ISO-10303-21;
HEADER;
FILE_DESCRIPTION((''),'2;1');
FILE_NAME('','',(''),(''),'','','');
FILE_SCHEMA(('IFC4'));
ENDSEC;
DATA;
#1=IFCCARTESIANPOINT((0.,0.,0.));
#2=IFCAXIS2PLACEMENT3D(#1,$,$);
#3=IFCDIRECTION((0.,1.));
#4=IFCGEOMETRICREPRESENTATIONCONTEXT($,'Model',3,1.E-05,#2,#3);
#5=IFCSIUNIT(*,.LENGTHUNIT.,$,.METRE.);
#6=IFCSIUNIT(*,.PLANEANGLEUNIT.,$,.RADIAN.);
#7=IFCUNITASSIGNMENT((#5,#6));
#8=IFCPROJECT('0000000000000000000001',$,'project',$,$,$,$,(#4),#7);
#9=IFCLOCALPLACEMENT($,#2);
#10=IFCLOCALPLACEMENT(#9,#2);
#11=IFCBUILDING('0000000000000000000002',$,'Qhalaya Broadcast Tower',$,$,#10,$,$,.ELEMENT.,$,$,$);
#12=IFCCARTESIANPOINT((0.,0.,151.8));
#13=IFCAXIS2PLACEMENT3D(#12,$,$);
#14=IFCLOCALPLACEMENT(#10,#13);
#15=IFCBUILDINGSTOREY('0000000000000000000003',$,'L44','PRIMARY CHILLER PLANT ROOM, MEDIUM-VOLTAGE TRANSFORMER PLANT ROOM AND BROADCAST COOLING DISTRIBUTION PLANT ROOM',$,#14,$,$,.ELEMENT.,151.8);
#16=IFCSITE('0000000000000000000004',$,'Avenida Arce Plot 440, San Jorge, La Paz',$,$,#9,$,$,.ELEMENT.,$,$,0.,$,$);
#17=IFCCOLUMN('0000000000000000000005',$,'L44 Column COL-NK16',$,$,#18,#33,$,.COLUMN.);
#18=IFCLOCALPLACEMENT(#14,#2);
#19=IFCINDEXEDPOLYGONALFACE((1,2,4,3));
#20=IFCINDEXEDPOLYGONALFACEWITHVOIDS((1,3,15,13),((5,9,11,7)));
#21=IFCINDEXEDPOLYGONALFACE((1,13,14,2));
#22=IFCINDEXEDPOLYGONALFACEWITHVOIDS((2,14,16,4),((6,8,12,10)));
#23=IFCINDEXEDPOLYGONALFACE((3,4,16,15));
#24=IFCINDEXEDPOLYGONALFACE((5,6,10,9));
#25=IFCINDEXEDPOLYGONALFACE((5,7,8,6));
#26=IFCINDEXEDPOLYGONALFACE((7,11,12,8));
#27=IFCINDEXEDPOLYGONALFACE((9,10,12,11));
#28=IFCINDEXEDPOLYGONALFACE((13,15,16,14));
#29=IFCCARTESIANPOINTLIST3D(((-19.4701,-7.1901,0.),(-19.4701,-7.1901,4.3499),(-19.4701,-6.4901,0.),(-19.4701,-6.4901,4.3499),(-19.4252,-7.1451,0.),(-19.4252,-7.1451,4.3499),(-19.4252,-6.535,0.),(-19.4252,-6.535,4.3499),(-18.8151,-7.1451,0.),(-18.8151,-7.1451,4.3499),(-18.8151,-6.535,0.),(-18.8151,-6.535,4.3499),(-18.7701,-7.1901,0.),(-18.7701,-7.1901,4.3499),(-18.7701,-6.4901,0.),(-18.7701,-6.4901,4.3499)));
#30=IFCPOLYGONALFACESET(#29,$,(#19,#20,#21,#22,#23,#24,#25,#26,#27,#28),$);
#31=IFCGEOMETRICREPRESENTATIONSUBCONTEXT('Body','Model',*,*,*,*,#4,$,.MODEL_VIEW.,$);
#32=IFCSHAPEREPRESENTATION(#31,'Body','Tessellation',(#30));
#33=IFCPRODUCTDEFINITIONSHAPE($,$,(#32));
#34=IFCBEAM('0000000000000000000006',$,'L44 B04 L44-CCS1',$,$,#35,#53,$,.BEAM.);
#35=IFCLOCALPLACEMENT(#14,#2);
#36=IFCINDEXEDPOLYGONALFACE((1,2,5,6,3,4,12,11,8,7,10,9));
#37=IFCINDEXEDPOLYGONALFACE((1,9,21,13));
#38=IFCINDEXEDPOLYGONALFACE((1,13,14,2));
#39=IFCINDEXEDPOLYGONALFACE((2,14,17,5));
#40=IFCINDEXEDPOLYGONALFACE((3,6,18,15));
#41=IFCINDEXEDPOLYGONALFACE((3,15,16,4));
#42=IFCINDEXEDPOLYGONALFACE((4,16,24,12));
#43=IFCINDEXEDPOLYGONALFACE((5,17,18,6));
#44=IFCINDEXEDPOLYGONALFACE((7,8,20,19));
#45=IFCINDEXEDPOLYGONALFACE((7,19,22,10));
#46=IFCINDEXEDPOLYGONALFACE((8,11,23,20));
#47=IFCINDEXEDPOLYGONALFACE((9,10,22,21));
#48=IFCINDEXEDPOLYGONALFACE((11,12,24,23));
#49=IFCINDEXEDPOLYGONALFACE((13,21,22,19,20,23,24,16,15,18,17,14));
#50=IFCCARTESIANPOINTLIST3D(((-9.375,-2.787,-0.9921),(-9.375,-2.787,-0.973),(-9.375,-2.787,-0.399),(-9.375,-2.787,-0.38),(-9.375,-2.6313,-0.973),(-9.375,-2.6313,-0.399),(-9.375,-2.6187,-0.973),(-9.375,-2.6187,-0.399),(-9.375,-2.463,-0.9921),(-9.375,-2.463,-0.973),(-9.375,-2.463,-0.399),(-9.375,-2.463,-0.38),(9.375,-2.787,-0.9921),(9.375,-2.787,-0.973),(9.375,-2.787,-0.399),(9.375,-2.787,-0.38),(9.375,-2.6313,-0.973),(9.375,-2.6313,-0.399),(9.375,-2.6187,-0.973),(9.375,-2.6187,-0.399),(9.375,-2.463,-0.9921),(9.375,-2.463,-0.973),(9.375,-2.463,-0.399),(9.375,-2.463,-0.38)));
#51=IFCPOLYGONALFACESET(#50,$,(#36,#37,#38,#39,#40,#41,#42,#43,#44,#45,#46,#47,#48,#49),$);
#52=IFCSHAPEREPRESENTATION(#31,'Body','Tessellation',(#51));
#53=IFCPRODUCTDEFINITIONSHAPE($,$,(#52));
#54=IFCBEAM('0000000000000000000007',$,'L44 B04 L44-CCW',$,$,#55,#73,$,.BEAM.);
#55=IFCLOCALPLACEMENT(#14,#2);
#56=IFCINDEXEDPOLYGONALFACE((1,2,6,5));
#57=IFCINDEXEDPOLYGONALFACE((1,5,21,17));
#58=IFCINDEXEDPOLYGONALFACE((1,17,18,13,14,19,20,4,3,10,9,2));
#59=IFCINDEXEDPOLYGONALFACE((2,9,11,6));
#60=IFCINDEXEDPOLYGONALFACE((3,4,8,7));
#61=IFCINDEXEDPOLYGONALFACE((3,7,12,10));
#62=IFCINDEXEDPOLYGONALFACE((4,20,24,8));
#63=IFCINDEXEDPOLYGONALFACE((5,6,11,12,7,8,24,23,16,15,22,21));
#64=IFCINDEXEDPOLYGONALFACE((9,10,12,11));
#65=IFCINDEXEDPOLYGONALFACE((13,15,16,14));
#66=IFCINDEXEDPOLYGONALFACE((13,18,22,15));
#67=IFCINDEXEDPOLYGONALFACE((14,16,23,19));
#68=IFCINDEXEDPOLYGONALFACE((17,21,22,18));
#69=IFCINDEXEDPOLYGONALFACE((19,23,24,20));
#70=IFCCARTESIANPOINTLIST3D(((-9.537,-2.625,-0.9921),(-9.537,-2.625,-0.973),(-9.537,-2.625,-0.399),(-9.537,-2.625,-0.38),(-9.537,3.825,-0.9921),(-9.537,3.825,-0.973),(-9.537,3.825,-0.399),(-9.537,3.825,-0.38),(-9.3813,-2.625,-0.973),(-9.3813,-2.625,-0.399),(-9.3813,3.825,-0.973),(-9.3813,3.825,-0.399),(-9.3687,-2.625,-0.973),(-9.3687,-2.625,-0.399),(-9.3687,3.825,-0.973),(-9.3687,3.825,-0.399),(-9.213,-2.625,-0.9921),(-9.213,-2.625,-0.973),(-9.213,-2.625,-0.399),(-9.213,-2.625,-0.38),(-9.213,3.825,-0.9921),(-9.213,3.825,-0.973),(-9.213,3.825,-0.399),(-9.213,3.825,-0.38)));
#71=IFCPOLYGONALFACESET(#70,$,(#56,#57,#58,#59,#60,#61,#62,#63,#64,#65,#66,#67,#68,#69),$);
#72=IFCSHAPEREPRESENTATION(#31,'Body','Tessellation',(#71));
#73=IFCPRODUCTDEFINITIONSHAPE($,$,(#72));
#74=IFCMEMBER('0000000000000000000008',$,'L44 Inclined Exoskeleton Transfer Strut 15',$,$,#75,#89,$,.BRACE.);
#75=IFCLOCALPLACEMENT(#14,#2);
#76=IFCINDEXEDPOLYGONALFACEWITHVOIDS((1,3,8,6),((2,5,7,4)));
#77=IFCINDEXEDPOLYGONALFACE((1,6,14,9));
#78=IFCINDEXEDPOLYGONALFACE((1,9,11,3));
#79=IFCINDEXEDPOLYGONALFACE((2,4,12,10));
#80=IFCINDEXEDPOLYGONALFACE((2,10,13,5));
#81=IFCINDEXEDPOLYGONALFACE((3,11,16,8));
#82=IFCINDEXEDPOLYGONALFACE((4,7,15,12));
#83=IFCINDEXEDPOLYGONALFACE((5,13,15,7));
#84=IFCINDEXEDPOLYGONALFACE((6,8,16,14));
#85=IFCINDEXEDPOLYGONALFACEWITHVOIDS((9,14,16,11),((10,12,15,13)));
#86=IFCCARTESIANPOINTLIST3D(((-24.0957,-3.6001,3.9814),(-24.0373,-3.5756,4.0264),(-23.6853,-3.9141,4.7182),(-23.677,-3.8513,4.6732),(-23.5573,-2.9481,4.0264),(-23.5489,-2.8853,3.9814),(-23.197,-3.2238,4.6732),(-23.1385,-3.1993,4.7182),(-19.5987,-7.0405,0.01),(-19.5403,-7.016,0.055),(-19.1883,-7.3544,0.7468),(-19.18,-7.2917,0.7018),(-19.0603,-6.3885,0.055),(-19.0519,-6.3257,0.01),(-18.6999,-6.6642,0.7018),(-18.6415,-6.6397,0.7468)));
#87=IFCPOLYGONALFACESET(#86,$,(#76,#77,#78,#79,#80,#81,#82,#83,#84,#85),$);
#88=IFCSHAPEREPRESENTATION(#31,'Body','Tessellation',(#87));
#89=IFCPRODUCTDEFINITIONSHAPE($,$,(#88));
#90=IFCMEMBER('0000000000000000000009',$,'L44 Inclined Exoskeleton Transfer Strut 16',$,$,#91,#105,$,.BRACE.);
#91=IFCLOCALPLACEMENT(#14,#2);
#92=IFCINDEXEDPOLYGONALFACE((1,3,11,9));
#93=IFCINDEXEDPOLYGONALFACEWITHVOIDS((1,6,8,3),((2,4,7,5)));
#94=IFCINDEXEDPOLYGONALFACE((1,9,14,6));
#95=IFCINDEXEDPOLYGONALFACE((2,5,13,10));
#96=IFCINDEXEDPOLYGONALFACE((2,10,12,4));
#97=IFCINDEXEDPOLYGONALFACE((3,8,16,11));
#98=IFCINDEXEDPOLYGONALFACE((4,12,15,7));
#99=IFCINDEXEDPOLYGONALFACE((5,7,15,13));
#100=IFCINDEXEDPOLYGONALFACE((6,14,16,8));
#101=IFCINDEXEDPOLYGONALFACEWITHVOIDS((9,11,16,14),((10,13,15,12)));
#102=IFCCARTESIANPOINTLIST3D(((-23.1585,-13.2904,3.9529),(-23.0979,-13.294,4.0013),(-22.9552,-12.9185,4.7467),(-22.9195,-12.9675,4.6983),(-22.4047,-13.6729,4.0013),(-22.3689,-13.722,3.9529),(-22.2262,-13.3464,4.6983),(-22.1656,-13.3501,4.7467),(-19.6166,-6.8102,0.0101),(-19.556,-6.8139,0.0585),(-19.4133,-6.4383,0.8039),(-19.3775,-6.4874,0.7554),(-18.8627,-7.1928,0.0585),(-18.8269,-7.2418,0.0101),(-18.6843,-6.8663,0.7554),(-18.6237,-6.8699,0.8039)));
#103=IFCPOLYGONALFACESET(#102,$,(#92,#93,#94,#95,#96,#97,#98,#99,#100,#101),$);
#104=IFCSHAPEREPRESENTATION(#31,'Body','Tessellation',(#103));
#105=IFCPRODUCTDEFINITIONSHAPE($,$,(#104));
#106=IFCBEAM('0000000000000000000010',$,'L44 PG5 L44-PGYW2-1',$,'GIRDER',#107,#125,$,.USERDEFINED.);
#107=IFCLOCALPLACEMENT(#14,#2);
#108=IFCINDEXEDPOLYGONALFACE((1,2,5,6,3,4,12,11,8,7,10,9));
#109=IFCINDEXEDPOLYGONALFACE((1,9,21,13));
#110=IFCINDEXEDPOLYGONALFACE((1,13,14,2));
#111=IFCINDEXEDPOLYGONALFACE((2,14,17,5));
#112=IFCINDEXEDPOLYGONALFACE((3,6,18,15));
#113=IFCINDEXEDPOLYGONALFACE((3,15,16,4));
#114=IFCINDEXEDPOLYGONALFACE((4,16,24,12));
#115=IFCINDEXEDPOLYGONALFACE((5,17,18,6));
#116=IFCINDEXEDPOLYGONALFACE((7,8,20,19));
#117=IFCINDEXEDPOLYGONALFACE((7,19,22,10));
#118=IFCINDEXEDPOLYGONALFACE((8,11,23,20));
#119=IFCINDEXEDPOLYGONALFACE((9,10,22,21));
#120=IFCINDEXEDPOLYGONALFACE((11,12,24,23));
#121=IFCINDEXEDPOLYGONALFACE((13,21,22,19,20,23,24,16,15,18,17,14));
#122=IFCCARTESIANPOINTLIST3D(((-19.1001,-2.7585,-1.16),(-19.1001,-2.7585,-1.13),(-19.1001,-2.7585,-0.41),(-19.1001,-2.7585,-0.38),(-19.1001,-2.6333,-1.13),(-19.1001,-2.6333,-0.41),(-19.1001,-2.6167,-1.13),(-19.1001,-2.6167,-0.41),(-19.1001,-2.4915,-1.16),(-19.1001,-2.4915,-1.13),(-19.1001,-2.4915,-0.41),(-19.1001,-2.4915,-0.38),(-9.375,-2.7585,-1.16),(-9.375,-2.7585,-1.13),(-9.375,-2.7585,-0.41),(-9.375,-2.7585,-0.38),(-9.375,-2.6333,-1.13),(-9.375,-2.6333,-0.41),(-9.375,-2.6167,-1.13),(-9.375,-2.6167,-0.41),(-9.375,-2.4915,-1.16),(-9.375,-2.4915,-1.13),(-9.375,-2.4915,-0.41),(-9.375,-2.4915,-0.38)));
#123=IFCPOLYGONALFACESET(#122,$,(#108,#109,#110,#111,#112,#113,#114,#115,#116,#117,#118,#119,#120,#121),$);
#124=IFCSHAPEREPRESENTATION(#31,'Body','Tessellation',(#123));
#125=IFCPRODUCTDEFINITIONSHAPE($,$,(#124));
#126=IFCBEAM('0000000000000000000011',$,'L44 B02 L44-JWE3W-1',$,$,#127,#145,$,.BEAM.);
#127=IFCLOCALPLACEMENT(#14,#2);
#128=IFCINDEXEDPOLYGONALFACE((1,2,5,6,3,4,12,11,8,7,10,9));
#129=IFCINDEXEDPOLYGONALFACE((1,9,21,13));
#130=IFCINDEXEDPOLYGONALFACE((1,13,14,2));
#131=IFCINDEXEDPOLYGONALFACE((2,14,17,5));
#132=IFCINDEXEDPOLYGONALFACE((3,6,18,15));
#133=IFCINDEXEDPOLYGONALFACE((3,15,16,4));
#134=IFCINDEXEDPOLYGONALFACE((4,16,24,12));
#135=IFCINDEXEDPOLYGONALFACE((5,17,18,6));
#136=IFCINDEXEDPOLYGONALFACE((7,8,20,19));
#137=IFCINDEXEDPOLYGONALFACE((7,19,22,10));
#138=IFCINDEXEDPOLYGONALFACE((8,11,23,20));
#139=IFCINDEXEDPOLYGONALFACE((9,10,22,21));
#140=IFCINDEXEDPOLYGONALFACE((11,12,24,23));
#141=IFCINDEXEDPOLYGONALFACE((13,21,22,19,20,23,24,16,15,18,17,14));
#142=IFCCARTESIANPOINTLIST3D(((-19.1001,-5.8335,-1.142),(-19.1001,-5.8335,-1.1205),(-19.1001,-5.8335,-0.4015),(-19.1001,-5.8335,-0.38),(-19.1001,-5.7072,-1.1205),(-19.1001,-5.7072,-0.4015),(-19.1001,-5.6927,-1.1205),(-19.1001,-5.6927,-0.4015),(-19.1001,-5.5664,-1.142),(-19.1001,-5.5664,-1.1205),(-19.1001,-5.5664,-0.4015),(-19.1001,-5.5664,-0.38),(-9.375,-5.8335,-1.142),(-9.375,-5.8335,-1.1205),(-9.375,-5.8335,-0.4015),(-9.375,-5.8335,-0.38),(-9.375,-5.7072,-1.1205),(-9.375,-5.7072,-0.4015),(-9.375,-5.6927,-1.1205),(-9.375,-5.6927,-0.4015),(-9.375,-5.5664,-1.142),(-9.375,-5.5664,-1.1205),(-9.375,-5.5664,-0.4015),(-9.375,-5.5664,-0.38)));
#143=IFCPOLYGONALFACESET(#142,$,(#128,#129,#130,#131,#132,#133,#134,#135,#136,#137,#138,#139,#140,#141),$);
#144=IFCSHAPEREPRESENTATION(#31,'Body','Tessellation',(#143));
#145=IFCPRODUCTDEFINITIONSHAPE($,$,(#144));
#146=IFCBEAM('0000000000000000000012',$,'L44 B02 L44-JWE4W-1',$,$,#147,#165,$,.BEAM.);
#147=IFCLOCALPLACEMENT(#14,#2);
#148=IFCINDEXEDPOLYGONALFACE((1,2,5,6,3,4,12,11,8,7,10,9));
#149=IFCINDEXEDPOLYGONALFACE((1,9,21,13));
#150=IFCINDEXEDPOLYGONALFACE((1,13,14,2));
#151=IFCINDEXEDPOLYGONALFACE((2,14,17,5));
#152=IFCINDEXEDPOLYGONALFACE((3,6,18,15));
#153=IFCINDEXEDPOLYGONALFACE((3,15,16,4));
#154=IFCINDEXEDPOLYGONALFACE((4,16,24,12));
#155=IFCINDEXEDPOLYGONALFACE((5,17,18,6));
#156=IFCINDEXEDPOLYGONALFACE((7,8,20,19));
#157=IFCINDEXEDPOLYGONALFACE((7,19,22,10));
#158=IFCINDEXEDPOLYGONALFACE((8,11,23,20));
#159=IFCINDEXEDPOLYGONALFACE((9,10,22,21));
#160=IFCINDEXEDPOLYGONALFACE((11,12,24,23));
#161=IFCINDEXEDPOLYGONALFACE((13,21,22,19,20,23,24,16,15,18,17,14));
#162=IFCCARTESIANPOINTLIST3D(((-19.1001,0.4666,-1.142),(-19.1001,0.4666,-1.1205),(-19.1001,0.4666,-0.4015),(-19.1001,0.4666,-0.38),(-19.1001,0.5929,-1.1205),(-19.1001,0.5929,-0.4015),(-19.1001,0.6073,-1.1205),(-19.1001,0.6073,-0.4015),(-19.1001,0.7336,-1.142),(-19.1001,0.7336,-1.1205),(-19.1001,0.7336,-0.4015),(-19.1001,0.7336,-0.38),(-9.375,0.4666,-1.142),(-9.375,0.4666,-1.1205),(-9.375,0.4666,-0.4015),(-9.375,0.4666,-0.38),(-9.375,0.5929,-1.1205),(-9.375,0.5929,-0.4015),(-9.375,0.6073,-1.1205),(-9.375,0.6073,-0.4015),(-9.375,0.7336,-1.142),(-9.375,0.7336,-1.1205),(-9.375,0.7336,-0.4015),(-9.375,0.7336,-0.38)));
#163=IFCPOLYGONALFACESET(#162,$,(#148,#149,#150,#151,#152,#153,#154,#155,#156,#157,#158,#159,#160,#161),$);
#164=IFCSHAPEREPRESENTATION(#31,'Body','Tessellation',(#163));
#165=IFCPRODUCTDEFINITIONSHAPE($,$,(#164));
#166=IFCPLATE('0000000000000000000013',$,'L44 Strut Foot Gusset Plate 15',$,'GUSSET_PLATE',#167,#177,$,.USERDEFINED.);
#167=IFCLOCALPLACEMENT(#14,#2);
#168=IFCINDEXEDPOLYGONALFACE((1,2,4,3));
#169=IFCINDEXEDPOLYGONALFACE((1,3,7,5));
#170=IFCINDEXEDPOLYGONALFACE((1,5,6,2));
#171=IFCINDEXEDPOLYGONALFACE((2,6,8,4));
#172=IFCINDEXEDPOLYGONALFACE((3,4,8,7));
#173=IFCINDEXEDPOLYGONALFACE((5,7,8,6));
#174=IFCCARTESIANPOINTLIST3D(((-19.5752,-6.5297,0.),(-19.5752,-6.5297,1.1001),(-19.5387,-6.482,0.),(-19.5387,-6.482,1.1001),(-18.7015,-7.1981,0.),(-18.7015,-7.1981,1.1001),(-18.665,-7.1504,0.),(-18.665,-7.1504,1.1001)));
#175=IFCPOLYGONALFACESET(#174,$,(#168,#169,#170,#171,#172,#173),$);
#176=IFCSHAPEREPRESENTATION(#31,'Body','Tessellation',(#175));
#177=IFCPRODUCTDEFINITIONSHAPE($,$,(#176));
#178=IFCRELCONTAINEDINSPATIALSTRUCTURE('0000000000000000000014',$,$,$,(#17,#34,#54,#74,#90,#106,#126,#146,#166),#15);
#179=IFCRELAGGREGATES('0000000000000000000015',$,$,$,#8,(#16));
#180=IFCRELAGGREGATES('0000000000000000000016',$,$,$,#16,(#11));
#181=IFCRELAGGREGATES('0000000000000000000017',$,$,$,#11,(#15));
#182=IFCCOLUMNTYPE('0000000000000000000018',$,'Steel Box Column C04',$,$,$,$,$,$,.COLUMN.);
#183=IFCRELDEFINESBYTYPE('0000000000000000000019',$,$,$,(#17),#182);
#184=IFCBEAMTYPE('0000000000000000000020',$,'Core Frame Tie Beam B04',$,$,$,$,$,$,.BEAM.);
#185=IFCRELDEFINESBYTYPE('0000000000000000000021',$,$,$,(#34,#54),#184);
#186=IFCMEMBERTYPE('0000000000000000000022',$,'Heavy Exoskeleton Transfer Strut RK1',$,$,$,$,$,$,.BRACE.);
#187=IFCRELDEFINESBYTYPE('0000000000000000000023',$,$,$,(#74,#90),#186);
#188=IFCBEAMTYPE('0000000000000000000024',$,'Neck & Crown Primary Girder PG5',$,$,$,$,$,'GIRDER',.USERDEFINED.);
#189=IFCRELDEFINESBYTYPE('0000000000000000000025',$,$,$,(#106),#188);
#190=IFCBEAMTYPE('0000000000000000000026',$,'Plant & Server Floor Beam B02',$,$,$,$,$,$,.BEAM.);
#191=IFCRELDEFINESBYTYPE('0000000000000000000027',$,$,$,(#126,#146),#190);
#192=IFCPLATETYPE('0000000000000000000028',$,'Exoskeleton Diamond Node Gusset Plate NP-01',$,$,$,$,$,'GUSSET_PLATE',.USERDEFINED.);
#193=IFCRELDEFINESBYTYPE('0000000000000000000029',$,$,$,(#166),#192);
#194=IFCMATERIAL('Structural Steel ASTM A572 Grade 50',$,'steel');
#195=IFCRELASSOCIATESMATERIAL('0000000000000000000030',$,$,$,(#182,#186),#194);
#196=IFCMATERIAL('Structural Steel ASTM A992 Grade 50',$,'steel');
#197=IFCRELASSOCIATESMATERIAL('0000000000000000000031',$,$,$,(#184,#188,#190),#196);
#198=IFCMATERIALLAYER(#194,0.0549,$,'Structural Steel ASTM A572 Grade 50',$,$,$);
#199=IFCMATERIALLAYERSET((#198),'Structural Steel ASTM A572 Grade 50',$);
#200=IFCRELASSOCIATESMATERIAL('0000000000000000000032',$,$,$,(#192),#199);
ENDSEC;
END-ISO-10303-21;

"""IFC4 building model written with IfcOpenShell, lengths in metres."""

from ifc_helpers import new_model, si_unit, direction, frame, origin, origin_2d, place, context, subcontext, project, spatial, rectangle, hollow_rectangle, i_section, extrude, material, layer, layer_set, material_profile, profile_set, type_object, element, save


model = new_model("IFC4")

# Units and contexts
model_context = context("Model", 3, precision=1e-05, world=origin(), true_north=direction((0.0, 1.0)))
body_context = subcontext(model_context, "Body", "Model", "MODEL_VIEW")
ifc_project = project(units=[si_unit("LENGTHUNIT", "METRE"), si_unit("PLANEANGLEUNIT", "RADIAN")], contexts=[model_context])

# Site, building, storey
site_placement = place(None, origin())
site = spatial("IfcSite", under=ifc_project, at=site_placement, Name="Avenida Arce Plot 440, San Jorge, La Paz", CompositionType="ELEMENT", RefElevation=0.0)
building_placement = place(site_placement, origin())
building = spatial("IfcBuilding", under=site, at=building_placement, Name="Qhalaya Broadcast Tower", CompositionType="ELEMENT")
storey_placement = place(building_placement, frame((0.0, 0.0, 151.8)))
storey = spatial("IfcBuildingStorey", under=building, at=storey_placement, Name="L44", Description="PRIMARY CHILLER PLANT ROOM, MEDIUM-VOLTAGE TRANSFORMER PLANT ROOM AND BROADCAST COOLING DISTRIBUTION PLANT ROOM", CompositionType="ELEMENT", Elevation=151.8)

# Column
ifc_material_1 = material(Name="Structural Steel ASTM A572 Grade 50", Category="steel")
ifc_material_profile_1 = material_profile(ifc_material_1, hollow_rectangle(XDim=0.7, YDim=0.7, WallThickness=0.0449, at=origin_2d()), Name="BOX 700x700x45")
ifc_profile_set_1 = profile_set([ifc_material_profile_1], Name="Structural Steel ASTM A572 Grade 50")
column_type = type_object("IfcColumnType", Name="Steel Box Column C04", PredefinedType="COLUMN", material=ifc_profile_set_1)
column_placement = place(storey_placement, frame((-19.1201, -6.8401, 0.0), z_axis=(0.0, 0.0, 1.0), x_axis=(0.0, 1.0, 0.0)))
element("IfcColumn", 1, at=column_placement, inside=storey, type_object=column_type, Name="L44 Column COL-NK16", PredefinedType="COLUMN", context=body_context, shape_type="SweptSolid", body=[
    extrude(hollow_rectangle(XDim=0.7, YDim=0.7, WallThickness=0.0449, at=origin_2d()), origin(), (0.0, 0.0, 1.0), 4.3499),
])

# Beams
ifc_material_2 = material(Name="Structural Steel ASTM A992 Grade 50", Category="steel")
ifc_material_profile_2 = material_profile(ifc_material_2, i_section(OverallWidth=0.324, OverallDepth=0.6121, WebThickness=0.0127, FlangeThickness=0.019, at=origin_2d()), Name="W24X104")
ifc_profile_set_2 = profile_set([ifc_material_profile_2], Name="Structural Steel ASTM A992 Grade 50")
beam_type_1 = type_object("IfcBeamType", Name="Core Frame Tie Beam B04", PredefinedType="BEAM", material=ifc_profile_set_2)
beam_1_placement = place(storey_placement, frame((-9.375, -2.625, -0.686), z_axis=(1.0, 0.0, 0.0), x_axis=(0.0, 1.0, 0.0)))
element("IfcBeam", 2, at=beam_1_placement, inside=storey, type_object=beam_type_1, Name="L44 B04 L44-CCS1", PredefinedType="BEAM", context=body_context, shape_type="SweptSolid", body=[
    extrude(i_section(OverallWidth=0.324, OverallDepth=0.6121, WebThickness=0.0127, FlangeThickness=0.019, at=origin_2d()), origin(), (0.0, 0.0, 1.0), 18.75),
])
beam_2_placement = place(storey_placement, frame((-9.375, -2.625, -0.686), z_axis=(0.0, 1.0, 0.0), x_axis=(-1.0, 0.0, 0.0)))
element("IfcBeam", 3, at=beam_2_placement, inside=storey, type_object=beam_type_1, Name="L44 B04 L44-CCW", PredefinedType="BEAM", context=body_context, shape_type="SweptSolid", body=[
    extrude(i_section(OverallWidth=0.324, OverallDepth=0.6121, WebThickness=0.0127, FlangeThickness=0.019, at=origin_2d()), origin(), (0.0, 0.0, 1.0), 6.45),
])

# Members
ifc_material_profile_3 = material_profile(ifc_material_1, hollow_rectangle(XDim=0.8999, YDim=0.8999, WallThickness=0.0549, at=origin_2d()), Name="BOX 900x900x55")
ifc_profile_set_3 = profile_set([ifc_material_profile_3], Name="Structural Steel ASTM A572 Grade 50")
member_type = type_object("IfcMemberType", Name="Heavy Exoskeleton Transfer Strut RK1", PredefinedType="BRACE", material=ifc_profile_set_3)
member_1_placement = place(storey_placement, frame((-19.1201, -6.8401, 0.3784), z_axis=(-0.650232, 0.497452, 0.57423), x_axis=(-0.607617, -0.794231, 0.0)))
element("IfcMember", 4, at=member_1_placement, inside=storey, type_object=member_type, Name="L44 Inclined Exoskeleton Transfer Strut 15", PredefinedType="BRACE", context=body_context, shape_type="SweptSolid", body=[
    extrude(hollow_rectangle(XDim=0.8999, YDim=0.8999, WallThickness=0.0549, at=origin_2d()), origin(), (0.0, 0.0, 1.0), 6.916),
])
member_2_placement = place(storey_placement, frame((-19.1201, -6.8401, 0.407), z_axis=(-0.423091, -0.774064, 0.470977), x_axis=(0.877478, -0.479616, 0.0)))
element("IfcMember", 5, at=member_2_placement, inside=storey, type_object=member_type, Name="L44 Inclined Exoskeleton Transfer Strut 16", PredefinedType="BRACE", context=body_context, shape_type="SweptSolid", body=[
    extrude(hollow_rectangle(XDim=0.8999, YDim=0.8999, WallThickness=0.0549, at=origin_2d()), origin(), (0.0, 0.0, 1.0), 8.3716),
])

# Beams
ifc_material_profile_4 = material_profile(ifc_material_2, i_section(OverallWidth=0.2671, OverallDepth=0.78, WebThickness=0.0166, FlangeThickness=0.03, at=origin_2d()), Name="W30X148")
ifc_profile_set_4 = profile_set([ifc_material_profile_4], Name="Structural Steel ASTM A992 Grade 50")
beam_type_2 = type_object("IfcBeamType", Name="Neck & Crown Primary Girder PG5", ElementType="GIRDER", PredefinedType="USERDEFINED", material=ifc_profile_set_4)
beam_3_placement = place(storey_placement, frame((-19.1001, -2.625, -0.77), z_axis=(1.0, 0.0, 0.0), x_axis=(0.0, 1.0, 0.0)))
element("IfcBeam", 6, at=beam_3_placement, inside=storey, type_object=beam_type_2, Name="L44 PG5 L44-PGYW2-1", ObjectType="GIRDER", PredefinedType="USERDEFINED", context=body_context, shape_type="SweptSolid", body=[
    extrude(i_section(OverallWidth=0.2671, OverallDepth=0.78, WebThickness=0.0166, FlangeThickness=0.03, at=origin_2d()), origin(), (0.0, 0.0, 1.0), 9.7251),
])
ifc_material_profile_5 = material_profile(ifc_material_2, i_section(OverallWidth=0.2671, OverallDepth=0.762, WebThickness=0.0144, FlangeThickness=0.0215, at=origin_2d()), Name="W30X116")
ifc_profile_set_5 = profile_set([ifc_material_profile_5], Name="Structural Steel ASTM A992 Grade 50")
beam_type_3 = type_object("IfcBeamType", Name="Plant & Server Floor Beam B02", PredefinedType="BEAM", material=ifc_profile_set_5)
for number, where, z_axis, x_axis, name in (
    (7, (-19.1001, -5.7, -0.761), (1.0, 0.0, 0.0), (0.0, 1.0, 0.0), "L44 B02 L44-JWE3W-1"),
    (8, (-19.1001, 0.6001, -0.761), (1.0, 0.0, 0.0), (0.0, 1.0, 0.0), "L44 B02 L44-JWE4W-1"),
):
    element("IfcBeam", number, at=place(storey_placement, frame(where, z_axis=z_axis, x_axis=x_axis)), inside=storey, type_object=beam_type_3, Name=name, PredefinedType="BEAM", context=body_context, shape_type="SweptSolid", body=[
        extrude(i_section(OverallWidth=0.2671, OverallDepth=0.762, WebThickness=0.0144, FlangeThickness=0.0215, at=origin_2d()), origin(), (0.0, 0.0, 1.0), 9.7251),
    ])

# Plate
ifc_layer_1 = layer(ifc_material_1, 0.0549, Name="Structural Steel ASTM A572 Grade 50")
ifc_layer_set_1 = layer_set([ifc_layer_1], Name="Structural Steel ASTM A572 Grade 50")
plate_type_1 = type_object("IfcPlateType", Name="Exoskeleton Diamond Node Gusset Plate NP-01", ElementType="GUSSET_PLATE", PredefinedType="USERDEFINED", material=ifc_layer_set_1)
for number, where, z_axis, x_axis, name in (
    (9, (-19.1201, -6.8401, 0.0), (0.0, 0.0, 1.0), (-0.794245, 0.607598, 0.0), "L44 Strut Foot Gusset Plate 15"),
):
    element("IfcPlate", number, at=place(storey_placement, frame(where, z_axis=z_axis, x_axis=x_axis)), inside=storey, type_object=plate_type_1, Name=name, ObjectType="GUSSET_PLATE", PredefinedType="USERDEFINED", context=body_context, shape_type="SweptSolid", body=[
        extrude(rectangle(XDim=1.1001, YDim=0.0601, at=origin_2d()), origin(), (0.0, 0.0, 1.0), 1.1001),
    ])

save(model, "model.ifc")
